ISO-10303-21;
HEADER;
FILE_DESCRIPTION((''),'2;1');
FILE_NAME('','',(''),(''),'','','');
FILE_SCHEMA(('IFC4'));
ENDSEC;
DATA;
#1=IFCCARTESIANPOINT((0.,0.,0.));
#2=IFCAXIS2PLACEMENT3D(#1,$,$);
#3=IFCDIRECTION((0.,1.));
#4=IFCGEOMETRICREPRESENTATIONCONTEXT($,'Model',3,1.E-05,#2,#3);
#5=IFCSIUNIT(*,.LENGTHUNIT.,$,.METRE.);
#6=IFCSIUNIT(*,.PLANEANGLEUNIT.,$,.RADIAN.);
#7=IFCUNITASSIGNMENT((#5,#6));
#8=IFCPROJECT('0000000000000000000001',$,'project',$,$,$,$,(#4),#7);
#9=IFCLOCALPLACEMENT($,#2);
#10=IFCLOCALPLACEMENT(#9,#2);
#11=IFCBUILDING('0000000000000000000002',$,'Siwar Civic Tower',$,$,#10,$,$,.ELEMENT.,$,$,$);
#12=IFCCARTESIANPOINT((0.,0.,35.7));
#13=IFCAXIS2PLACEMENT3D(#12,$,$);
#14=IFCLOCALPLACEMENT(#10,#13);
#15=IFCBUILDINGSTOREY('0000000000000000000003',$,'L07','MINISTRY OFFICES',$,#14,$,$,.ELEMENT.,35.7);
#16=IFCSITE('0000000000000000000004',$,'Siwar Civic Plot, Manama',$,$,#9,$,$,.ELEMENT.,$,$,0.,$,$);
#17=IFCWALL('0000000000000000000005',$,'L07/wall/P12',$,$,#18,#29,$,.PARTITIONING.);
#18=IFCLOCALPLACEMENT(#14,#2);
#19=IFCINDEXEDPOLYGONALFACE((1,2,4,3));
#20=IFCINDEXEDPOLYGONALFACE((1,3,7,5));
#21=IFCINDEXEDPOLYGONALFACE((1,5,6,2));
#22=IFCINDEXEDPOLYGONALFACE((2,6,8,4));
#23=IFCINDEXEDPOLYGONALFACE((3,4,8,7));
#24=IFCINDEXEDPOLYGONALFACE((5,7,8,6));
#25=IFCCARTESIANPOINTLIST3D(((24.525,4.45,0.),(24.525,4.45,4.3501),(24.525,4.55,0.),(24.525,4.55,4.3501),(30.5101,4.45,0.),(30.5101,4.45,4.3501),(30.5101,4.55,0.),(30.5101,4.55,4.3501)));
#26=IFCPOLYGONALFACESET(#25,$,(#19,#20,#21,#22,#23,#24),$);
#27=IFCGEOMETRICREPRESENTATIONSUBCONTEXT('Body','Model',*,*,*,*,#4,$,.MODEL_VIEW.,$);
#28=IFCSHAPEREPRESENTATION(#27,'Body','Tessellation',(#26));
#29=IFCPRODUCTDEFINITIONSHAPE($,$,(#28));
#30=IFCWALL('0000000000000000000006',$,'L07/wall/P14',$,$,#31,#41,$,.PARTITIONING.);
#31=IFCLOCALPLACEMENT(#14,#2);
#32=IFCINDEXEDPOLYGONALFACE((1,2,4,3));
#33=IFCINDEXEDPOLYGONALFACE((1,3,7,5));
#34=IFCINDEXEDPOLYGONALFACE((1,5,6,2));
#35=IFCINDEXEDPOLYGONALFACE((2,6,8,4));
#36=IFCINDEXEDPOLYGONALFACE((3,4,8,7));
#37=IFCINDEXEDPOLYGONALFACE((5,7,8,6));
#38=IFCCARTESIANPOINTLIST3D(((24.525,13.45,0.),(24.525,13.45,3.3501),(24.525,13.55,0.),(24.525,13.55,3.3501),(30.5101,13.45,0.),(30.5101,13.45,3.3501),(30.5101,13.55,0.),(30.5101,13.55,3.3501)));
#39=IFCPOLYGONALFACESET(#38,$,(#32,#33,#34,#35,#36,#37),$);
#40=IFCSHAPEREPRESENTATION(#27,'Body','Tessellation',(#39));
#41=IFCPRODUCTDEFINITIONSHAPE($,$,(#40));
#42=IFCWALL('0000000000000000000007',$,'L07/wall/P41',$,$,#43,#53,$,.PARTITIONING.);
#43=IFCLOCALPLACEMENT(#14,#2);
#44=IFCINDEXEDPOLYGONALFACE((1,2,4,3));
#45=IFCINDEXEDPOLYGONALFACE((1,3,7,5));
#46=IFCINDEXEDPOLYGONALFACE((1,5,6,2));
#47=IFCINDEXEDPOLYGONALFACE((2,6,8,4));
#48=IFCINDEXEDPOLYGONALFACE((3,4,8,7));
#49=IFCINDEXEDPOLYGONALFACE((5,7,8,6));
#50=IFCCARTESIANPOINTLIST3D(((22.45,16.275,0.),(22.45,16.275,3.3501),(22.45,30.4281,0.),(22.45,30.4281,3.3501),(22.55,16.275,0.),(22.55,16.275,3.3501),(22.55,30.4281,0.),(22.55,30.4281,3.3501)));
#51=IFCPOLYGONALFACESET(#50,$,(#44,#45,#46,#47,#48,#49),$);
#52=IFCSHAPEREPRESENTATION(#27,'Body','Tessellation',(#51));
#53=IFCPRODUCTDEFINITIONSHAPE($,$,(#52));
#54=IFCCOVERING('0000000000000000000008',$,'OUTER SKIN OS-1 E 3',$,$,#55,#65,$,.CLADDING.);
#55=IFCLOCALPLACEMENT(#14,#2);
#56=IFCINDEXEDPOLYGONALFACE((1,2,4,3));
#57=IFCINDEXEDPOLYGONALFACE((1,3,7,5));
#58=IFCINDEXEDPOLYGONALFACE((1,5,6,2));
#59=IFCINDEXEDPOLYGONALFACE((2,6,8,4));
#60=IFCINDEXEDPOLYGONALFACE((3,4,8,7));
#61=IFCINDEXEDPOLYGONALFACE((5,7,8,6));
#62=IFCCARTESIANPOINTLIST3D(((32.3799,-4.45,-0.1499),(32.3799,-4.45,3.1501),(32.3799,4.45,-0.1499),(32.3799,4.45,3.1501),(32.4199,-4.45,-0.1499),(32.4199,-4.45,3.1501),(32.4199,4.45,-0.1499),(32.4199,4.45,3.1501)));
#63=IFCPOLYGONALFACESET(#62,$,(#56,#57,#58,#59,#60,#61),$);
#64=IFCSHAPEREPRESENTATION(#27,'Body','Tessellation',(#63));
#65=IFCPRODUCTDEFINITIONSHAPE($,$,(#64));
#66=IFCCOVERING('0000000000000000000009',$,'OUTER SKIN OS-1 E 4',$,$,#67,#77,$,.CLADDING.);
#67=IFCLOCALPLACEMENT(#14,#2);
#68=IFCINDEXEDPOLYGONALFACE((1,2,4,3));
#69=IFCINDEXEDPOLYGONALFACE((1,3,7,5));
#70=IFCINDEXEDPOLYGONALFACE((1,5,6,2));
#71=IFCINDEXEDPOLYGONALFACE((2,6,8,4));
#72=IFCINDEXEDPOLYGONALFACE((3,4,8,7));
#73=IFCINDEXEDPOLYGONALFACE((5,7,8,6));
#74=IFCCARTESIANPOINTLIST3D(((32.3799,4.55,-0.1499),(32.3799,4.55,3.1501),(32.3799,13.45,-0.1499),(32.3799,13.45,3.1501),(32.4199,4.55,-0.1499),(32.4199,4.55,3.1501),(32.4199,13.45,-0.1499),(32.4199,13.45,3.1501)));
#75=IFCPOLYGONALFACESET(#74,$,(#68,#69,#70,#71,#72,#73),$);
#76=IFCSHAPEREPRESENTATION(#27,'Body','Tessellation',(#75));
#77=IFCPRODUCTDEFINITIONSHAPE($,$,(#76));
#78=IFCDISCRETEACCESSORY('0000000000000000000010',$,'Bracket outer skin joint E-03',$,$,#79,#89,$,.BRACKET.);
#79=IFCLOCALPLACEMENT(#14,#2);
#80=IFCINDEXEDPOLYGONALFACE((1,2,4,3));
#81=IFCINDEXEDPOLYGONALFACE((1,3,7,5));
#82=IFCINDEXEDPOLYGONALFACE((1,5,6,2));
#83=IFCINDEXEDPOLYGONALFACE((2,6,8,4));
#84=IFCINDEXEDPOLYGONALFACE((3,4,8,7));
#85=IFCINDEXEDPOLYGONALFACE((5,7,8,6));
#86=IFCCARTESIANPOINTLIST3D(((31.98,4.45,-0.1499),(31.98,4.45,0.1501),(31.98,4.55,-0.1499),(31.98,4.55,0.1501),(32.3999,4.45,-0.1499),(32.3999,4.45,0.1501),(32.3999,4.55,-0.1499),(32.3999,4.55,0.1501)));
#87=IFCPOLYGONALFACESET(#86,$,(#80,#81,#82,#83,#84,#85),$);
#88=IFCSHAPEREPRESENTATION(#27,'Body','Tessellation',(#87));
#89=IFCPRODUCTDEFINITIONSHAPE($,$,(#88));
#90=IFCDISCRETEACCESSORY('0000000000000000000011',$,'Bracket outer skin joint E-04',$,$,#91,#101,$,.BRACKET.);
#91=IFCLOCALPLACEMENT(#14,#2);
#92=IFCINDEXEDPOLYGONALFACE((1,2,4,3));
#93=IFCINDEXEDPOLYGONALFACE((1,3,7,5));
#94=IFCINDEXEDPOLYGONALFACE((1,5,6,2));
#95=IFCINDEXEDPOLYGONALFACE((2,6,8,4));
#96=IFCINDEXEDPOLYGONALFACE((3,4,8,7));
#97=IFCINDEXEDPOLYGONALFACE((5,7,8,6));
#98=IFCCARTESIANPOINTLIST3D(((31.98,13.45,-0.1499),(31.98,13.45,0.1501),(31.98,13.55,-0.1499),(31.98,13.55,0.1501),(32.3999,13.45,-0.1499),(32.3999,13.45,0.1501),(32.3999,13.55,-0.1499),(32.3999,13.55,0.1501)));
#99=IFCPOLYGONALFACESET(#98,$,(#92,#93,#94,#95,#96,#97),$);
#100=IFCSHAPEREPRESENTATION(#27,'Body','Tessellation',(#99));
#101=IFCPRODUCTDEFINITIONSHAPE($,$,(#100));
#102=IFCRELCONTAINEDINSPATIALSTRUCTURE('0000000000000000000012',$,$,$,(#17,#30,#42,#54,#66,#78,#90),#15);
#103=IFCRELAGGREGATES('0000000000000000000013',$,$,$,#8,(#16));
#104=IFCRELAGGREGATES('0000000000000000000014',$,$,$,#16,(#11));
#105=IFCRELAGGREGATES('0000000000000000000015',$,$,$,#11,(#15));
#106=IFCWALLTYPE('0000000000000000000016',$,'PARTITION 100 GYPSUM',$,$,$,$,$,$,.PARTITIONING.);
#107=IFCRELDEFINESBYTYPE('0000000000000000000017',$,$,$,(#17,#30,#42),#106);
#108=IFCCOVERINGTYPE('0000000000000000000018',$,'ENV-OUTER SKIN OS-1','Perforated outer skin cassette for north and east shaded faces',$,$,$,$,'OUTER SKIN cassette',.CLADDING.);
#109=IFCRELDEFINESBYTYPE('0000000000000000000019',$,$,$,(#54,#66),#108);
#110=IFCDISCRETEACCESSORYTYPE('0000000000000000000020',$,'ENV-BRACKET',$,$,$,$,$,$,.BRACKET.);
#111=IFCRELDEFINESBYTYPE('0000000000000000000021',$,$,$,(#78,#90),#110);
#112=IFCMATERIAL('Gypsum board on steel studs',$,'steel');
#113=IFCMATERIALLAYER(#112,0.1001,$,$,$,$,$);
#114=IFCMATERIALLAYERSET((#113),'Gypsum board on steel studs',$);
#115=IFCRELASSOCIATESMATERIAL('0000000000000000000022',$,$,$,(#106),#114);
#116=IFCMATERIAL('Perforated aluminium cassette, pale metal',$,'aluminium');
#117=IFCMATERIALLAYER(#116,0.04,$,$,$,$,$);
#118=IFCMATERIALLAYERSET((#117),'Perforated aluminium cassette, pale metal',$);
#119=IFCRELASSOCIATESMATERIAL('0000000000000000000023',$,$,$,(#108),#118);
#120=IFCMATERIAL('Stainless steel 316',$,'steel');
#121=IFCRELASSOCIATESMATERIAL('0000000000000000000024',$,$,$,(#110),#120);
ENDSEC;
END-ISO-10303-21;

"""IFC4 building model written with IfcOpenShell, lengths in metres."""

from ifc_helpers import new_model, si_unit, direction, frame, frame_2d, origin, origin_2d, place, context, subcontext, project, spatial, rectangle, extrude, material, layer, layer_set, type_object, element, save


model = new_model("IFC4")

# Units and contexts
model_context = context("Model", 3, precision=1e-05, world=origin(), true_north=direction((0.0, 1.0)))
body_context = subcontext(model_context, "Body", "Model", "MODEL_VIEW")
ifc_project = project(units=[si_unit("LENGTHUNIT", "METRE"), si_unit("PLANEANGLEUNIT", "RADIAN")], contexts=[model_context])

# Site, building, storey
site_placement = place(None, origin())
site = spatial("IfcSite", under=ifc_project, at=site_placement, Name="Siwar Civic Plot, Manama", CompositionType="ELEMENT", RefElevation=0.0)
building_placement = place(site_placement, origin())
building = spatial("IfcBuilding", under=site, at=building_placement, Name="Siwar Civic Tower", CompositionType="ELEMENT")
storey_placement = place(building_placement, frame((0.0, 0.0, 35.7)))
storey = spatial("IfcBuildingStorey", under=building, at=storey_placement, Name="L07", Description="MINISTRY OFFICES", CompositionType="ELEMENT", Elevation=35.7)

# Walls
ifc_material_1 = material(Name="Gypsum board on steel studs", Category="steel")
ifc_layer_1 = layer(ifc_material_1, 0.1001)
ifc_layer_set_1 = layer_set([ifc_layer_1], Name="Gypsum board on steel studs")
wall_type_1 = type_object("IfcWallType", Name="PARTITION 100 GYPSUM", PredefinedType="PARTITIONING", material=ifc_layer_set_1)
wall_1_placement = place(storey_placement, frame((24.5249, 4.5, 0.0), z_axis=(0.0, 0.0, 1.0), x_axis=(1.0, 0.0, 0.0)))
element("IfcWall", 1, at=wall_1_placement, inside=storey, type_object=wall_type_1, Name="L07/wall/P12", PredefinedType="PARTITIONING", context=body_context, shape_type="SweptSolid", body=[
    extrude(rectangle(XDim=5.9851, YDim=0.1001, at=frame_2d((2.9927, 0.0))), origin(), (0.0, 0.0, 1.0), 4.3501),
])
wall_2_placement = place(storey_placement, frame((24.5249, 13.5, 0.0), z_axis=(0.0, 0.0, 1.0), x_axis=(1.0, 0.0, 0.0)))
element("IfcWall", 2, at=wall_2_placement, inside=storey, type_object=wall_type_1, Name="L07/wall/P14", PredefinedType="PARTITIONING", context=body_context, shape_type="SweptSolid", body=[
    extrude(rectangle(XDim=5.9851, YDim=0.1001, at=frame_2d((2.9927, 0.0))), origin(), (0.0, 0.0, 1.0), 3.3501),
])
wall_3_placement = place(storey_placement, frame((22.5, 16.2749, 0.0), z_axis=(0.0, 0.0, 1.0), x_axis=(0.0, 1.0, 0.0)))
element("IfcWall", 3, at=wall_3_placement, inside=storey, type_object=wall_type_1, Name="L07/wall/P41", PredefinedType="PARTITIONING", context=body_context, shape_type="SweptSolid", body=[
    extrude(rectangle(XDim=14.1531, YDim=0.1001, at=frame_2d((7.0767, 0.0))), origin(), (0.0, 0.0, 1.0), 3.3501),
])

# Coverings
ifc_material_2 = material(Name="Perforated aluminium cassette, pale metal", Category="aluminium")
ifc_layer_2 = layer(ifc_material_2, 0.04)
ifc_layer_set_2 = layer_set([ifc_layer_2], Name="Perforated aluminium cassette, pale metal")
covering_type = type_object("IfcCoveringType", Name="ENV-OUTER SKIN OS-1", Description="Perforated outer skin cassette for north and east shaded faces", ElementType="OUTER SKIN cassette", PredefinedType="CLADDING", material=ifc_layer_set_2)
for number, where, z_axis, x_axis, name in (
    (4, (32.3999, 0.0, -0.1499), (0.0, 0.0, 1.0), (0.0, 1.0, 0.0), "OUTER SKIN OS-1 E 3"),
    (5, (32.3999, 9.0, -0.1499), (0.0, 0.0, 1.0), (0.0, 1.0, 0.0), "OUTER SKIN OS-1 E 4"),
):
    element("IfcCovering", number, at=place(storey_placement, frame(where, z_axis=z_axis, x_axis=x_axis)), inside=storey, type_object=covering_type, Name=name, PredefinedType="CLADDING", context=body_context, shape_type="SweptSolid", body=[
        extrude(rectangle(XDim=8.8999, YDim=0.04, at=origin_2d()), origin(), (0.0, 0.0, 1.0), 3.3),
    ])

# Discrete accessories
ifc_material_3 = material(Name="Stainless steel 316", Category="steel")
discrete_accessory_type = type_object("IfcDiscreteAccessoryType", Name="ENV-BRACKET", PredefinedType="BRACKET", material=ifc_material_3)
for number, where, z_axis, x_axis, name in (
    (6, (32.1899, 4.5, -0.1499), (0.0, 0.0, 1.0), (1.0, 0.0, 0.0), "Bracket outer skin joint E-03"),
    (7, (32.1899, 13.5, -0.1499), (0.0, 0.0, 1.0), (1.0, 0.0, 0.0), "Bracket outer skin joint E-04"),
):
    element("IfcDiscreteAccessory", number, at=place(storey_placement, frame(where, z_axis=z_axis, x_axis=x_axis)), inside=storey, type_object=discrete_accessory_type, Name=name, PredefinedType="BRACKET", context=body_context, shape_type="SweptSolid", body=[
        extrude(rectangle(XDim=0.4199, YDim=0.1001, at=origin_2d()), origin(), (0.0, 0.0, 1.0), 0.3),
    ])

save(model, "model.ifc")
